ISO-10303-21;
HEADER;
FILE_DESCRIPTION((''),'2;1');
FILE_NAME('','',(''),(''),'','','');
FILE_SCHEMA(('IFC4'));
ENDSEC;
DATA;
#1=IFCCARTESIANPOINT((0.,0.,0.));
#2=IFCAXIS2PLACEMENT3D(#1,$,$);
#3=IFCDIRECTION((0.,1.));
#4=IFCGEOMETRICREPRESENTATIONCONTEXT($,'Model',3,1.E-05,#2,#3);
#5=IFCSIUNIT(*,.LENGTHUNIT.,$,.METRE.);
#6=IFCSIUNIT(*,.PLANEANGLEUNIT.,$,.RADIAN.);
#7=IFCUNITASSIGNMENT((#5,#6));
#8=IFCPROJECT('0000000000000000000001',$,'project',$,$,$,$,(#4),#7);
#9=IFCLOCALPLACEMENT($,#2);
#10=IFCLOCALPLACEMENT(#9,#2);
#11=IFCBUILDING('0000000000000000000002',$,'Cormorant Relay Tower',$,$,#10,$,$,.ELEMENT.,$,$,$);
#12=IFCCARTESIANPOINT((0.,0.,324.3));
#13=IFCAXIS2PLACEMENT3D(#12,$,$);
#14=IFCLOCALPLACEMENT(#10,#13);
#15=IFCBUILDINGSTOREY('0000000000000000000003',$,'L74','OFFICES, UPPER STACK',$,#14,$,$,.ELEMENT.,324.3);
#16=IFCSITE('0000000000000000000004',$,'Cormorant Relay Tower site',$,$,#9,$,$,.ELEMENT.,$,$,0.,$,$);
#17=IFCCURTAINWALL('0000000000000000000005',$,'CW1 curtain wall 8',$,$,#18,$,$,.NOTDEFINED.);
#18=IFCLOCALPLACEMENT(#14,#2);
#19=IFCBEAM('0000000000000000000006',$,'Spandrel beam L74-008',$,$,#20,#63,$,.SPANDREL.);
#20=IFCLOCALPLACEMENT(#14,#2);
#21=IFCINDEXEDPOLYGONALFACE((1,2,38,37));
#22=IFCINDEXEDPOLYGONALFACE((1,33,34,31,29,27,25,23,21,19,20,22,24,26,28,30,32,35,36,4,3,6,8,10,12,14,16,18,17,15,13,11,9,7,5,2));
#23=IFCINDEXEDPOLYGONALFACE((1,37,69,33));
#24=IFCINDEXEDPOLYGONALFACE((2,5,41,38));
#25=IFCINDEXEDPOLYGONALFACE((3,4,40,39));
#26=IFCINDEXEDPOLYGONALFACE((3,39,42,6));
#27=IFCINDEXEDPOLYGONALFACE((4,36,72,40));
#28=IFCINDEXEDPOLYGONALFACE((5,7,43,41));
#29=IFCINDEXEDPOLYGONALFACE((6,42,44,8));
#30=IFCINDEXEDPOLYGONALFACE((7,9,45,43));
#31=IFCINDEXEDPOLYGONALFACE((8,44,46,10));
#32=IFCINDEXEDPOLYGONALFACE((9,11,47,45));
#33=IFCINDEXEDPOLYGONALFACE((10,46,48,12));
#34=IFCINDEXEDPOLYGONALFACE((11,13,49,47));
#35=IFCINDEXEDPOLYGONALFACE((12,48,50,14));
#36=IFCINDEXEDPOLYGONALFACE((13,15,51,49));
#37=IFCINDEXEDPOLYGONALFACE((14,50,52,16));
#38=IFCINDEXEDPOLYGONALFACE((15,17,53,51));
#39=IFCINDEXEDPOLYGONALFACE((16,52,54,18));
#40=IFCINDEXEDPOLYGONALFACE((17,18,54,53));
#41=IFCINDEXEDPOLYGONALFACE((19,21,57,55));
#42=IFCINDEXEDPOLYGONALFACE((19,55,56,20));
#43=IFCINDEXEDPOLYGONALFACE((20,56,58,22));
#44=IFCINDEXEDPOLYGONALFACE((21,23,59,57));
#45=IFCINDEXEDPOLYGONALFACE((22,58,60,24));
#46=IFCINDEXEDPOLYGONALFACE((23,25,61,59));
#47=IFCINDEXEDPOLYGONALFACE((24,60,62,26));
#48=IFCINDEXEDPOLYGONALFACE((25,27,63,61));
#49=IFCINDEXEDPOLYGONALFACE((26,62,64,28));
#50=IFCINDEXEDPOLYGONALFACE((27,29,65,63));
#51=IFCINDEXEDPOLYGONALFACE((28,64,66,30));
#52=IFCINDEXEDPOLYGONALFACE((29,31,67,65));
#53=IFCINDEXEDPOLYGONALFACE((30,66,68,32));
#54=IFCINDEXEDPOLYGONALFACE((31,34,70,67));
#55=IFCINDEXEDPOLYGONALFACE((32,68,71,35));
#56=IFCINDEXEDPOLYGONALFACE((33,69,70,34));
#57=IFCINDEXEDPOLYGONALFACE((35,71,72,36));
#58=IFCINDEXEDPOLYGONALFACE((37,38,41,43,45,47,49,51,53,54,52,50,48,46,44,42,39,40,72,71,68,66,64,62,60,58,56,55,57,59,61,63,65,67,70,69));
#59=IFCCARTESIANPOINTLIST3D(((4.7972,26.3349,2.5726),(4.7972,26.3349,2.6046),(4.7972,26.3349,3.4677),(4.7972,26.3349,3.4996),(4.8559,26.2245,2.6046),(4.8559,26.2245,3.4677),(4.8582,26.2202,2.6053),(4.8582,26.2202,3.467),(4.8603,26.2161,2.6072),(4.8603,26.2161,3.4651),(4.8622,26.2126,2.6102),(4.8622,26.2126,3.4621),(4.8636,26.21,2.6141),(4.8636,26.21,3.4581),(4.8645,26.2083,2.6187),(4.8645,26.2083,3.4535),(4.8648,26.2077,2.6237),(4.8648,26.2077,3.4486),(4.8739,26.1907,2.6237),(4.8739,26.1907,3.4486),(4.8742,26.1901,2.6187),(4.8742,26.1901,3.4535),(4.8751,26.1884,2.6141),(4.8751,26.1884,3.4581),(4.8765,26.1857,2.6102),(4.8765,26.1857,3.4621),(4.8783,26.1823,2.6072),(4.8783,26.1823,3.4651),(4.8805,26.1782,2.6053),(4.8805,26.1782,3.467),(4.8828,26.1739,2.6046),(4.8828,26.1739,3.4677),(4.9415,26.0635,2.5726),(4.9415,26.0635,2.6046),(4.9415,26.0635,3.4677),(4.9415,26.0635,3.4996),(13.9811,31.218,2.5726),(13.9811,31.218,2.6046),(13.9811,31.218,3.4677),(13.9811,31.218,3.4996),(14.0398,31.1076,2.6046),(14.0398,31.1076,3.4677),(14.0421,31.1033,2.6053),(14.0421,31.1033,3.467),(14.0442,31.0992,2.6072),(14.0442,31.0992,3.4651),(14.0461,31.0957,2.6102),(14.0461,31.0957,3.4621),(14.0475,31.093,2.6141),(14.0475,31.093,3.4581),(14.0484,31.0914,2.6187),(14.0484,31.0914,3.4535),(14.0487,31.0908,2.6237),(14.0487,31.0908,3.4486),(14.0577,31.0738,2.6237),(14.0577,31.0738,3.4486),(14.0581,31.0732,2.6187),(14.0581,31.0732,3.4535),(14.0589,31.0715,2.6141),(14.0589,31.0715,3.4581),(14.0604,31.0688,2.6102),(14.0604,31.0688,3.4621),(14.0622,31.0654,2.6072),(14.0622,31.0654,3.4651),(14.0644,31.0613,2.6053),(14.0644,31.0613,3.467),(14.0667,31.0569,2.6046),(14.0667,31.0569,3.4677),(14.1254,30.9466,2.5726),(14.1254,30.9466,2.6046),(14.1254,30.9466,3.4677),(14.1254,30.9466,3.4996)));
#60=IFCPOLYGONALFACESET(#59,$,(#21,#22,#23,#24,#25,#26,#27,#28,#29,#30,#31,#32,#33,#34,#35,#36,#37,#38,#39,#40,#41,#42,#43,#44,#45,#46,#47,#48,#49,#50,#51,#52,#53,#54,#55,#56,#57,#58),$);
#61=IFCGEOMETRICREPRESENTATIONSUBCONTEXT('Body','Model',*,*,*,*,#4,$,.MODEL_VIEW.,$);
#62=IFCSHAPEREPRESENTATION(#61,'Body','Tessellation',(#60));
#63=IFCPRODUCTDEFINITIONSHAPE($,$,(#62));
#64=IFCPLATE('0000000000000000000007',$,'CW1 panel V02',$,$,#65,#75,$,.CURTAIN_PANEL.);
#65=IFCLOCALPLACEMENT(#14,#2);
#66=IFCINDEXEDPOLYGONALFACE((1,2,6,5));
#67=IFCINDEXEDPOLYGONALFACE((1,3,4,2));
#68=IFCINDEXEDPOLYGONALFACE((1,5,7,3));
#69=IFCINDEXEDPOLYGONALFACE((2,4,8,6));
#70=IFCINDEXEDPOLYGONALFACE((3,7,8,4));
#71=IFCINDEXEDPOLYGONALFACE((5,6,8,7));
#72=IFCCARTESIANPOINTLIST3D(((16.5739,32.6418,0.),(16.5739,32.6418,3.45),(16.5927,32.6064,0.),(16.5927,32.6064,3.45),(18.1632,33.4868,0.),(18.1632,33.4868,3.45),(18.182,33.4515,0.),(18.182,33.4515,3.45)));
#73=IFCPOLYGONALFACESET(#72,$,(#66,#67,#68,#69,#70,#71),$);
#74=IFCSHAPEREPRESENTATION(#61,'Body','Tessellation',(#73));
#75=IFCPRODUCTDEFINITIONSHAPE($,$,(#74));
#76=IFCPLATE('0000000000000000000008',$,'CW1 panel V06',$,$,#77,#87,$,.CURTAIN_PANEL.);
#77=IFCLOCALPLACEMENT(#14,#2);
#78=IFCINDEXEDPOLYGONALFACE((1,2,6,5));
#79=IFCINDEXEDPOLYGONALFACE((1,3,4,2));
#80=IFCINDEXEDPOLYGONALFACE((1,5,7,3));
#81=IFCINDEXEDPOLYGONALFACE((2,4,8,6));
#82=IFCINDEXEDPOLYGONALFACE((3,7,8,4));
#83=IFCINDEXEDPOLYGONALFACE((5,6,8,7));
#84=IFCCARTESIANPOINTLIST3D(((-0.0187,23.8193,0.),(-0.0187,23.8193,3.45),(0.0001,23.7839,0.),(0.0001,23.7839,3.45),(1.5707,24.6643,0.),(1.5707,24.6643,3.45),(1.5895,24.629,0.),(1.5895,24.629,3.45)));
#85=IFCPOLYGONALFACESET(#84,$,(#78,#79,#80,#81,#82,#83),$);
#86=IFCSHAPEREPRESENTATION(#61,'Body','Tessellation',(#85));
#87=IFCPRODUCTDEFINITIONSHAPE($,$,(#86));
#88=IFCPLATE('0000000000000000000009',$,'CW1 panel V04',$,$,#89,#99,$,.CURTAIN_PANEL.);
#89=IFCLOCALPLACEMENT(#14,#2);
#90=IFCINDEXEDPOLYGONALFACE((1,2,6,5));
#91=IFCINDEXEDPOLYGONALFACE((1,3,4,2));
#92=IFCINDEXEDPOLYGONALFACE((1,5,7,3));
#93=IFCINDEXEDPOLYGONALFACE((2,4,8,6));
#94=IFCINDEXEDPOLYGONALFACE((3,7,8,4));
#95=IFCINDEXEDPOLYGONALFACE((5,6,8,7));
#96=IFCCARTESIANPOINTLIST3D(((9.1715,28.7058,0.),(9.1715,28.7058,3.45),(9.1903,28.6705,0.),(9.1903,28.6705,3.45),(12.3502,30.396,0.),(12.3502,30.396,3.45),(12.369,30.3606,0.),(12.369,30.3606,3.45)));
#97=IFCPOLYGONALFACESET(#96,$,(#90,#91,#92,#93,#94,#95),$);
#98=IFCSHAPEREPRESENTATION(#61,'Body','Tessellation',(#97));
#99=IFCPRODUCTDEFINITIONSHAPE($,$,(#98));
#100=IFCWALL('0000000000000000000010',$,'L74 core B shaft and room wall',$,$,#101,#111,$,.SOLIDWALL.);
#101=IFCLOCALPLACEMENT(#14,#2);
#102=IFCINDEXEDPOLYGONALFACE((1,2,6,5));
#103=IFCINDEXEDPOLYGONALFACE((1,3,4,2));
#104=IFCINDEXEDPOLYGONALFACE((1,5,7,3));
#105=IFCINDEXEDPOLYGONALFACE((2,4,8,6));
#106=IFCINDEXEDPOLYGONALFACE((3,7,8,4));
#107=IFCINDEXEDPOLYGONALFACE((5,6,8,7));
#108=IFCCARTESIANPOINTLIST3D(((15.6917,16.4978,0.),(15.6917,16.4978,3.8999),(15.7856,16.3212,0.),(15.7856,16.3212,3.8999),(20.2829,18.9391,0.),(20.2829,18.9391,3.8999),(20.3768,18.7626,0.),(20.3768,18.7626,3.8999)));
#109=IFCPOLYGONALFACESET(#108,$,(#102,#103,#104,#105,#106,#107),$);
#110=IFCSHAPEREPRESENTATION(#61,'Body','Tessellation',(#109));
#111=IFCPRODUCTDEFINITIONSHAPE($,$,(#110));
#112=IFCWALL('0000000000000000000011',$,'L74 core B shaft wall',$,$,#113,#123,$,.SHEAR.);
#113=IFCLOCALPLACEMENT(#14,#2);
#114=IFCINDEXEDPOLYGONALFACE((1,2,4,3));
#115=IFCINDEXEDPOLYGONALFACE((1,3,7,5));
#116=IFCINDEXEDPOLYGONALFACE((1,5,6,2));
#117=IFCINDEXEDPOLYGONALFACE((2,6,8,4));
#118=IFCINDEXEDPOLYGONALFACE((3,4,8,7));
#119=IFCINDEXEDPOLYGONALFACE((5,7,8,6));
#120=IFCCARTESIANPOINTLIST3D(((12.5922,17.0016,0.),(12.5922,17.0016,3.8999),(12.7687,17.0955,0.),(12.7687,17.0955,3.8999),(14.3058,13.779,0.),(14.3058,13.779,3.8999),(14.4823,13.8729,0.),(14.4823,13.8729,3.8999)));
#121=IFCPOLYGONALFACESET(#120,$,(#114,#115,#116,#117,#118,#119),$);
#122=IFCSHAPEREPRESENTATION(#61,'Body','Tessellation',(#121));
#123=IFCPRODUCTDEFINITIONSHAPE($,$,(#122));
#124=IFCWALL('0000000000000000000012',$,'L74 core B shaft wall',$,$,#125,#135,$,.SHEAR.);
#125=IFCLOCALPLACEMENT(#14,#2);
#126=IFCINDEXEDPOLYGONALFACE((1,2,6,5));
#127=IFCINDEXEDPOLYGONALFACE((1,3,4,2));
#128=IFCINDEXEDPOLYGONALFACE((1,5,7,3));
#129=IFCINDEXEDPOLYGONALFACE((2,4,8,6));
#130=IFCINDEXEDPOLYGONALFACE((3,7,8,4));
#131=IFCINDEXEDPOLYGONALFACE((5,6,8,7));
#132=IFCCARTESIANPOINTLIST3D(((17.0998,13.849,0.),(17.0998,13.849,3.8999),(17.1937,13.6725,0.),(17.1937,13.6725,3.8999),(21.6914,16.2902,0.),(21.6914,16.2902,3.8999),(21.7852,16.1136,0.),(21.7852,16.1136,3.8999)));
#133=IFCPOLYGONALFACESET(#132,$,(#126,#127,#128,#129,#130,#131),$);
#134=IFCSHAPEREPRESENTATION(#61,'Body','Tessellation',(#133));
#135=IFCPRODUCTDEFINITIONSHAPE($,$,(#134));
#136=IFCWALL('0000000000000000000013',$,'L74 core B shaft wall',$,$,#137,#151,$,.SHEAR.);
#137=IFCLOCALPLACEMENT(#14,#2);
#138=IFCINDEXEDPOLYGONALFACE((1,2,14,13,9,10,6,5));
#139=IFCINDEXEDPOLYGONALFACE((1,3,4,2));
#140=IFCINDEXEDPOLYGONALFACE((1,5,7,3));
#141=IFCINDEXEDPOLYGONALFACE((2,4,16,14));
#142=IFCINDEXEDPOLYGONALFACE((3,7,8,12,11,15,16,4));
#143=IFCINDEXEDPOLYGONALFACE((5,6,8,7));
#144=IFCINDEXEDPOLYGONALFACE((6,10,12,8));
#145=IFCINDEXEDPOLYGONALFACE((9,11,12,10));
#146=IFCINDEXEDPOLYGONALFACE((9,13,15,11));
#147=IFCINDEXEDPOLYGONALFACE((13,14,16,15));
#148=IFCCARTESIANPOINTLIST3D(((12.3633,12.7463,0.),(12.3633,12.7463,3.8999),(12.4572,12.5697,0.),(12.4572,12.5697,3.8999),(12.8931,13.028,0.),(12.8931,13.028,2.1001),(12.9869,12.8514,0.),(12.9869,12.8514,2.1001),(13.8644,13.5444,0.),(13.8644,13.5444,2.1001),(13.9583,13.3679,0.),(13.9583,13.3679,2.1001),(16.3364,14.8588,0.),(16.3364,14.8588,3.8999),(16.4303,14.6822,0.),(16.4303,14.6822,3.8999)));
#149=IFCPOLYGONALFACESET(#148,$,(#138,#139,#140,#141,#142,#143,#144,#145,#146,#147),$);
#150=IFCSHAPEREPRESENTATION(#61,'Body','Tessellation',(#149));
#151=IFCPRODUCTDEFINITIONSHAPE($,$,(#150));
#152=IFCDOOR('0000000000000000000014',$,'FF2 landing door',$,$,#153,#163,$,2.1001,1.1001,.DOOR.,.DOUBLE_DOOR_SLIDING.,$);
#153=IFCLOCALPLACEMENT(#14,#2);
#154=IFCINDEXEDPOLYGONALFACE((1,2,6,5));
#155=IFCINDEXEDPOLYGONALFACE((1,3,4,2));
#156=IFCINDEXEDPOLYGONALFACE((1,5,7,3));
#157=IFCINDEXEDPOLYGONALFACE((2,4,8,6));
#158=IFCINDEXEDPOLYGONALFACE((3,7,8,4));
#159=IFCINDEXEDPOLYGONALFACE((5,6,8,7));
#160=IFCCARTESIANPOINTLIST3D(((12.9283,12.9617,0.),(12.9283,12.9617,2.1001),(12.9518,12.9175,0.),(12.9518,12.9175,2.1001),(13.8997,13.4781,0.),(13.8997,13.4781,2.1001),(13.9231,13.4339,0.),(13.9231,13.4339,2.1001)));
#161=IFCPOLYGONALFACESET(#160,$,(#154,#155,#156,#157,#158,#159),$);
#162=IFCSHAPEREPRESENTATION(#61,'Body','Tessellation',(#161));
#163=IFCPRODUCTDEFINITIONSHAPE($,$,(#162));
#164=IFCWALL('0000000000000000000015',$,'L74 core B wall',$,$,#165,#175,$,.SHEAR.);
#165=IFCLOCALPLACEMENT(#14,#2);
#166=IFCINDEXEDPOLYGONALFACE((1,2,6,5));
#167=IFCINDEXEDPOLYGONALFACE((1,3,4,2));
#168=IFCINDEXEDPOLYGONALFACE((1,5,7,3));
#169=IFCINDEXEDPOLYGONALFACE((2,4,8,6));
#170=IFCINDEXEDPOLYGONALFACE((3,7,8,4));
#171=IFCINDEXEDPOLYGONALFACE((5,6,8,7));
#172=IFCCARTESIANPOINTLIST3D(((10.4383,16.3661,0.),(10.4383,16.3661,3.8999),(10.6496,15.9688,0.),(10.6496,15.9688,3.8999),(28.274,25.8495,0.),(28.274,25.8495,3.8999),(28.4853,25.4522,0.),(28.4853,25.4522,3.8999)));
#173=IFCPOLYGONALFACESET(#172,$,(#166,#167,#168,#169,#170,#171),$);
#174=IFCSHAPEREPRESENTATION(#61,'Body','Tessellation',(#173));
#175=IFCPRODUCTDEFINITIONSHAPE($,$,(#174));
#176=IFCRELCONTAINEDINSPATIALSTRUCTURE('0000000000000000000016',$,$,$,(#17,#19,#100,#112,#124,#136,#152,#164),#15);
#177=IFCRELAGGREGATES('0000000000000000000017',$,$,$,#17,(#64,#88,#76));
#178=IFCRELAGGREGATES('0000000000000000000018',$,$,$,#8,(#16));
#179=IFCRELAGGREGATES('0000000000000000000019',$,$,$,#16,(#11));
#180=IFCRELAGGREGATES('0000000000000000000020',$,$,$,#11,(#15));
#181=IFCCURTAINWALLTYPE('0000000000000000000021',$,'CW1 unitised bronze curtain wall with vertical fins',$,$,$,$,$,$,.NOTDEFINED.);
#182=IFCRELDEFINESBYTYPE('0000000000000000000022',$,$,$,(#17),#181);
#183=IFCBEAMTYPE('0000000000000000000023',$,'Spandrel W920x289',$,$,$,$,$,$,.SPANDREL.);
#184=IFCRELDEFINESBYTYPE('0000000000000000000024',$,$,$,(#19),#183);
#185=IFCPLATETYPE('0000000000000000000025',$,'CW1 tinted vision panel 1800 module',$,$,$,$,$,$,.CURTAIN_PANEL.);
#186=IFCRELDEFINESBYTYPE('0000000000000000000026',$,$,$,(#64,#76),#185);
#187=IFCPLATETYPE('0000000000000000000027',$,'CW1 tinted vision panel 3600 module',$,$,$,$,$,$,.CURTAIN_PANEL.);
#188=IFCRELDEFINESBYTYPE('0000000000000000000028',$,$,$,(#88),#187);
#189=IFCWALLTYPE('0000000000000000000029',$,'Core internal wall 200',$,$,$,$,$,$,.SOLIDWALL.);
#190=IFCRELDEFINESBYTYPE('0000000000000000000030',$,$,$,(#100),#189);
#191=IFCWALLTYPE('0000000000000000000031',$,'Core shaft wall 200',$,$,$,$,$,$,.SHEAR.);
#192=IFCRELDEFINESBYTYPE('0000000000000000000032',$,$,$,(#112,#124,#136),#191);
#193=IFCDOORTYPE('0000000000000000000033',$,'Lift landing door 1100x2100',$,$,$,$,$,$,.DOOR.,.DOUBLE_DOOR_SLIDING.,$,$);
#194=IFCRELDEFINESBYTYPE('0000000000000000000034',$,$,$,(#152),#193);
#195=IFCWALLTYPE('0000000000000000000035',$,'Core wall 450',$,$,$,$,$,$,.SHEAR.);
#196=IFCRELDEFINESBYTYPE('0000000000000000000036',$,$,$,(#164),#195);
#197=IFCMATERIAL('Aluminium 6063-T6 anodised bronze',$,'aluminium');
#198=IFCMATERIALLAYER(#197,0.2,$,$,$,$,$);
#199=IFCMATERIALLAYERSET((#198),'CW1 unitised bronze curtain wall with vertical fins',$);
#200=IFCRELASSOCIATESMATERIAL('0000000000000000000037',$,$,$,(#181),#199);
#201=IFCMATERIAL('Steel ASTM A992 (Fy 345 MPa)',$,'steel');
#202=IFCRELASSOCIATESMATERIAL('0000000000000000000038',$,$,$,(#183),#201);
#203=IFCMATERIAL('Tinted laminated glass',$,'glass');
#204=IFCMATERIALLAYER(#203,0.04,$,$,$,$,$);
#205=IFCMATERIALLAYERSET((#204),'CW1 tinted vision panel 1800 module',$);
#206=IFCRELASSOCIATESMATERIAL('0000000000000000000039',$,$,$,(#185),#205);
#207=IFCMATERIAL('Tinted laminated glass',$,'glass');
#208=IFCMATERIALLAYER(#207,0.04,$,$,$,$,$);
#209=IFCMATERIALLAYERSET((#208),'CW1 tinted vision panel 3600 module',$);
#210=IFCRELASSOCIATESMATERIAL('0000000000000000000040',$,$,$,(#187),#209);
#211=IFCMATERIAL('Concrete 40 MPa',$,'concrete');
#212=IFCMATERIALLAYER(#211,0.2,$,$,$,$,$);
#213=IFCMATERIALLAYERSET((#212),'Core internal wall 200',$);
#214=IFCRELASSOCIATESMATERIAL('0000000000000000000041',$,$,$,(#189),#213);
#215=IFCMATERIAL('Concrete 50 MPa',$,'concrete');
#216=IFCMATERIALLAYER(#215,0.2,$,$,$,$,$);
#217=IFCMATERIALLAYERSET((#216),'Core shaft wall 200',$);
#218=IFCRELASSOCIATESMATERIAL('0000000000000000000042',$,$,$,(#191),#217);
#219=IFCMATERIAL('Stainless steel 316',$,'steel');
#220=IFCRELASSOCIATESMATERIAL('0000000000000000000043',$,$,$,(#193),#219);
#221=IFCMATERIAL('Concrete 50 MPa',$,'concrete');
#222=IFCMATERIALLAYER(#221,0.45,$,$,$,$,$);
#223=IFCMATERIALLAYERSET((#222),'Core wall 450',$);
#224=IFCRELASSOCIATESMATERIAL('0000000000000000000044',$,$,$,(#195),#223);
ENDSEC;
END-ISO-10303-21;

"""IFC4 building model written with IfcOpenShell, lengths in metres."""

from ifc_helpers import new_model, si_unit, direction, frame, frame_2d, origin, origin_2d, place, context, subcontext, project, spatial, rectangle, i_section, extrude, material, layer, layer_set, material_profile, profile_set, type_object, element, fill, aggregate, save


model = new_model("IFC4")

# Units and contexts
model_context = context("Model", 3, precision=1e-05, world=origin(), true_north=direction((0.0, 1.0)))
body_context = subcontext(model_context, "Body", "Model", "MODEL_VIEW")
ifc_project = project(units=[si_unit("LENGTHUNIT", "METRE"), si_unit("PLANEANGLEUNIT", "RADIAN")], contexts=[model_context])

# Site, building, storey
site_placement = place(None, origin())
site = spatial("IfcSite", under=ifc_project, at=site_placement, Name="Cormorant Relay Tower site", CompositionType="ELEMENT", RefElevation=0.0)
building_placement = place(site_placement, origin())
building = spatial("IfcBuilding", under=site, at=building_placement, Name="Cormorant Relay Tower", CompositionType="ELEMENT")
storey_placement = place(building_placement, frame((0.0, 0.0, 324.3)))
storey = spatial("IfcBuildingStorey", under=building, at=storey_placement, Name="L74", Description="OFFICES, UPPER STACK", CompositionType="ELEMENT", Elevation=324.3)

# Curtain wall
ifc_material_1 = material(Name="Aluminium 6063-T6 anodised bronze", Category="aluminium")
ifc_layer_1 = layer(ifc_material_1, 0.2)
ifc_layer_set_1 = layer_set([ifc_layer_1], Name="CW1 unitised bronze curtain wall with vertical fins")
curtain_wall_type_1 = type_object("IfcCurtainWallType", Name="CW1 unitised bronze curtain wall with vertical fins", PredefinedType="NOTDEFINED", material=ifc_layer_set_1)
curtain_wall_1_placement = place(storey_placement, origin())
curtain_wall_1 = element("IfcCurtainWall", 1, at=curtain_wall_1_placement, inside=storey, type_object=curtain_wall_type_1, Name="CW1 curtain wall 8", PredefinedType="NOTDEFINED")

# Beam
ifc_material_2 = material(Name="Steel ASTM A992 (Fy 345 MPa)", Category="steel")
ifc_material_profile_1 = material_profile(ifc_material_2, i_section(OverallWidth=0.3074, OverallDepth=0.927, WebThickness=0.0193, FlangeThickness=0.032, FilletRadius=0.019, at=origin_2d()), Name="W920x289")
ifc_profile_set_1 = profile_set([ifc_material_profile_1], Name="Steel ASTM A992 (Fy 345 MPa)")
beam_type = type_object("IfcBeamType", Name="Spandrel W920x289", PredefinedType="SPANDREL", material=ifc_profile_set_1)
beam_placement = place(storey_placement, frame((14.0532, 31.0823, 3.0361), z_axis=(-0.882951, -0.469466, 0.0), x_axis=(0.469466, -0.882951, 0.0)))
element("IfcBeam", 2, at=beam_placement, inside=storey, type_object=beam_type, Name="Spandrel beam L74-008", PredefinedType="SPANDREL", context=body_context, shape_type="SweptSolid", body=[
    extrude(i_section(OverallWidth=0.3074, OverallDepth=0.927, WebThickness=0.0193, FlangeThickness=0.032, FilletRadius=0.019, at=origin_2d()), origin(), (0.0, 0.0, 1.0), 10.4014),
])

# Plates
ifc_material_3 = material(Name="Tinted laminated glass", Category="glass")
ifc_layer_2 = layer(ifc_material_3, 0.04)
ifc_layer_set_2 = layer_set([ifc_layer_2], Name="CW1 tinted vision panel 1800 module")
plate_type_1 = type_object("IfcPlateType", Name="CW1 tinted vision panel 1800 module", PredefinedType="CURTAIN_PANEL", material=ifc_layer_set_2)
plate_1_placement = place(storey_placement, frame((17.3779, 33.0466, 0.0), z_axis=(0.0, 0.0, 1.0), x_axis=(-0.882948, -0.469472, 0.0)))
plate_1 = element("IfcPlate", 3, at=plate_1_placement, type_object=plate_type_1, Name="CW1 panel V02", PredefinedType="CURTAIN_PANEL", context=body_context, shape_type="SweptSolid", body=[
    extrude(rectangle(XDim=1.8, YDim=0.04, at=origin_2d()), origin(), (0.0, 0.0, 1.0), 3.45),
])
plate_2_placement = place(storey_placement, frame((0.7854, 24.2241, 0.0), z_axis=(0.0, 0.0, 1.0), x_axis=(-0.882948, -0.469472, 0.0)))
plate_2 = element("IfcPlate", 4, at=plate_2_placement, type_object=plate_type_1, Name="CW1 panel V06", PredefinedType="CURTAIN_PANEL", context=body_context, shape_type="SweptSolid", body=[
    extrude(rectangle(XDim=1.8, YDim=0.04, at=origin_2d()), origin(), (0.0, 0.0, 1.0), 3.45),
])
ifc_material_4 = material(Name="Tinted laminated glass", Category="glass")
ifc_layer_3 = layer(ifc_material_4, 0.04)
ifc_layer_set_3 = layer_set([ifc_layer_3], Name="CW1 tinted vision panel 3600 module")
plate_type_2 = type_object("IfcPlateType", Name="CW1 tinted vision panel 3600 module", PredefinedType="CURTAIN_PANEL", material=ifc_layer_set_3)
plate_3_placement = place(storey_placement, frame((10.7703, 29.5332, 0.0), z_axis=(0.0, 0.0, 1.0), x_axis=(-0.882948, -0.469472, 0.0)))
plate_3 = element("IfcPlate", 5, at=plate_3_placement, type_object=plate_type_2, Name="CW1 panel V04", PredefinedType="CURTAIN_PANEL", context=body_context, shape_type="SweptSolid", body=[
    extrude(rectangle(XDim=3.6001, YDim=0.04, at=origin_2d()), origin(), (0.0, 0.0, 1.0), 3.45),
])

# Walls
ifc_material_5 = material(Name="Concrete 40 MPa", Category="concrete")
ifc_layer_4 = layer(ifc_material_5, 0.2)
ifc_layer_set_4 = layer_set([ifc_layer_4], Name="Core internal wall 200")
wall_type_1 = type_object("IfcWallType", Name="Core internal wall 200", PredefinedType="SOLIDWALL", material=ifc_layer_set_4)
wall_1_placement = place(storey_placement, frame((15.7385, 16.4094, 0.0), z_axis=(0.0, 0.0, 1.0), x_axis=(0.882935, 0.469496, 0.0)))
element("IfcWall", 6, at=wall_1_placement, inside=storey, type_object=wall_type_1, Name="L74 core B shaft and room wall", PredefinedType="SOLIDWALL", context=body_context, shape_type="SweptSolid", body=[
    extrude(rectangle(XDim=5.2, YDim=0.2, at=frame_2d((2.6001, 0.0))), origin(), (0.0, 0.0, 1.0), 3.8999),
])
ifc_material_6 = material(Name="Concrete 50 MPa", Category="concrete")
ifc_layer_5 = layer(ifc_material_6, 0.2)
ifc_layer_set_5 = layer_set([ifc_layer_5], Name="Core shaft wall 200")
wall_type_2 = type_object("IfcWallType", Name="Core shaft wall 200", PredefinedType="SHEAR", material=ifc_layer_set_5)
wall_2_placement = place(storey_placement, frame((14.394, 13.8259, 0.0), z_axis=(0.0, 0.0, 1.0), x_axis=(-0.469494, 0.882936, 0.0)))
element("IfcWall", 7, at=wall_2_placement, inside=storey, type_object=wall_type_2, Name="L74 core B shaft wall", PredefinedType="SHEAR", context=body_context, shape_type="SweptSolid", body=[
    extrude(rectangle(XDim=3.6499, YDim=0.2, at=frame_2d((1.825, 0.0))), origin(), (0.0, 0.0, 1.0), 3.8999),
])
wall_3_placement = place(storey_placement, frame((17.1467, 13.7607, 0.0), z_axis=(0.0, 0.0, 1.0), x_axis=(0.882964, 0.46944, 0.0)))
element("IfcWall", 8, at=wall_3_placement, inside=storey, type_object=wall_type_2, Name="L74 core B shaft wall", PredefinedType="SHEAR", context=body_context, shape_type="SweptSolid", body=[
    extrude(rectangle(XDim=5.2002, YDim=0.2, at=frame_2d((2.6001, 0.0))), origin(), (0.0, 0.0, 1.0), 3.8999),
])

# Wall, opening, door
wall_4_placement = place(storey_placement, frame((12.4102, 12.658, 0.0), z_axis=(0.0, 0.0, 1.0), x_axis=(0.882948, 0.46947, 0.0)))
wall_4 = element("IfcWall", 9, at=wall_4_placement, inside=storey, type_object=wall_type_2, Name="L74 core B shaft wall", PredefinedType="SHEAR", context=body_context, shape_type="SweptSolid", body=[
    extrude(rectangle(XDim=4.4998, YDim=0.2, at=frame_2d((2.25, 0.0))), origin(), (0.0, 0.0, 1.0), 3.8999),
])
opening_1_placement = place(wall_4_placement, frame((0.6001, 0.0, 0.0)))
opening_1 = element("IfcOpeningElement", 10, at=opening_1_placement, cuts=wall_4, PredefinedType="OPENING", context=body_context, shape_type="SweptSolid", body=[
    extrude(rectangle(XDim=1.1001, YDim=2.1001, at=frame_2d((0.55, 1.05))), frame((0.0, 0.1099, 0.0), z_axis=(0.0, -1.0, 0.0), x_axis=(1.0, 0.0, 0.0)), (0.0, 0.0, 1.0), 0.22),
])
ifc_material_7 = material(Name="Stainless steel 316", Category="steel")
door_type_1 = type_object("IfcDoorType", Name="Lift landing door 1100x2100", OperationType="DOUBLE_DOOR_SLIDING", PredefinedType="DOOR", material=ifc_material_7)
door_1_placement = place(opening_1_placement, origin())
door_1 = element("IfcDoor", 11, at=door_1_placement, inside=storey, type_object=door_type_1, Name="FF2 landing door", OperationType="DOUBLE_DOOR_SLIDING", OverallHeight=2.1001, OverallWidth=1.1001, PredefinedType="DOOR", context=body_context, shape_type="SweptSolid", body=[
    extrude(rectangle(XDim=1.1001, YDim=2.1001, at=frame_2d((0.55, 1.05))), frame((0.0, 0.0249, 0.0), z_axis=(0.0, -1.0, 0.0), x_axis=(1.0, 0.0, 0.0)), (0.0, 0.0, 1.0), 0.05),
])
fill(opening_1, door_1)

# Wall
ifc_material_8 = material(Name="Concrete 50 MPa", Category="concrete")
ifc_layer_6 = layer(ifc_material_8, 0.45)
ifc_layer_set_6 = layer_set([ifc_layer_6], Name="Core wall 450")
wall_type_3 = type_object("IfcWallType", Name="Core wall 450", PredefinedType="SHEAR", material=ifc_layer_set_6)
wall_5_placement = place(storey_placement, frame((10.5439, 16.1675, 0.0), z_axis=(0.0, 0.0, 1.0), x_axis=(0.882948, 0.469471, 0.0)))
element("IfcWall", 12, at=wall_5_placement, inside=storey, type_object=wall_type_3, Name="L74 core B wall", PredefinedType="SHEAR", context=body_context, shape_type="SweptSolid", body=[
    extrude(rectangle(XDim=20.2002, YDim=0.45, at=frame_2d((10.1001, 0.0))), origin(), (0.0, 0.0, 1.0), 3.8999),
])

aggregate(curtain_wall_1, [plate_1, plate_3, plate_2])

save(model, "model.ifc")
